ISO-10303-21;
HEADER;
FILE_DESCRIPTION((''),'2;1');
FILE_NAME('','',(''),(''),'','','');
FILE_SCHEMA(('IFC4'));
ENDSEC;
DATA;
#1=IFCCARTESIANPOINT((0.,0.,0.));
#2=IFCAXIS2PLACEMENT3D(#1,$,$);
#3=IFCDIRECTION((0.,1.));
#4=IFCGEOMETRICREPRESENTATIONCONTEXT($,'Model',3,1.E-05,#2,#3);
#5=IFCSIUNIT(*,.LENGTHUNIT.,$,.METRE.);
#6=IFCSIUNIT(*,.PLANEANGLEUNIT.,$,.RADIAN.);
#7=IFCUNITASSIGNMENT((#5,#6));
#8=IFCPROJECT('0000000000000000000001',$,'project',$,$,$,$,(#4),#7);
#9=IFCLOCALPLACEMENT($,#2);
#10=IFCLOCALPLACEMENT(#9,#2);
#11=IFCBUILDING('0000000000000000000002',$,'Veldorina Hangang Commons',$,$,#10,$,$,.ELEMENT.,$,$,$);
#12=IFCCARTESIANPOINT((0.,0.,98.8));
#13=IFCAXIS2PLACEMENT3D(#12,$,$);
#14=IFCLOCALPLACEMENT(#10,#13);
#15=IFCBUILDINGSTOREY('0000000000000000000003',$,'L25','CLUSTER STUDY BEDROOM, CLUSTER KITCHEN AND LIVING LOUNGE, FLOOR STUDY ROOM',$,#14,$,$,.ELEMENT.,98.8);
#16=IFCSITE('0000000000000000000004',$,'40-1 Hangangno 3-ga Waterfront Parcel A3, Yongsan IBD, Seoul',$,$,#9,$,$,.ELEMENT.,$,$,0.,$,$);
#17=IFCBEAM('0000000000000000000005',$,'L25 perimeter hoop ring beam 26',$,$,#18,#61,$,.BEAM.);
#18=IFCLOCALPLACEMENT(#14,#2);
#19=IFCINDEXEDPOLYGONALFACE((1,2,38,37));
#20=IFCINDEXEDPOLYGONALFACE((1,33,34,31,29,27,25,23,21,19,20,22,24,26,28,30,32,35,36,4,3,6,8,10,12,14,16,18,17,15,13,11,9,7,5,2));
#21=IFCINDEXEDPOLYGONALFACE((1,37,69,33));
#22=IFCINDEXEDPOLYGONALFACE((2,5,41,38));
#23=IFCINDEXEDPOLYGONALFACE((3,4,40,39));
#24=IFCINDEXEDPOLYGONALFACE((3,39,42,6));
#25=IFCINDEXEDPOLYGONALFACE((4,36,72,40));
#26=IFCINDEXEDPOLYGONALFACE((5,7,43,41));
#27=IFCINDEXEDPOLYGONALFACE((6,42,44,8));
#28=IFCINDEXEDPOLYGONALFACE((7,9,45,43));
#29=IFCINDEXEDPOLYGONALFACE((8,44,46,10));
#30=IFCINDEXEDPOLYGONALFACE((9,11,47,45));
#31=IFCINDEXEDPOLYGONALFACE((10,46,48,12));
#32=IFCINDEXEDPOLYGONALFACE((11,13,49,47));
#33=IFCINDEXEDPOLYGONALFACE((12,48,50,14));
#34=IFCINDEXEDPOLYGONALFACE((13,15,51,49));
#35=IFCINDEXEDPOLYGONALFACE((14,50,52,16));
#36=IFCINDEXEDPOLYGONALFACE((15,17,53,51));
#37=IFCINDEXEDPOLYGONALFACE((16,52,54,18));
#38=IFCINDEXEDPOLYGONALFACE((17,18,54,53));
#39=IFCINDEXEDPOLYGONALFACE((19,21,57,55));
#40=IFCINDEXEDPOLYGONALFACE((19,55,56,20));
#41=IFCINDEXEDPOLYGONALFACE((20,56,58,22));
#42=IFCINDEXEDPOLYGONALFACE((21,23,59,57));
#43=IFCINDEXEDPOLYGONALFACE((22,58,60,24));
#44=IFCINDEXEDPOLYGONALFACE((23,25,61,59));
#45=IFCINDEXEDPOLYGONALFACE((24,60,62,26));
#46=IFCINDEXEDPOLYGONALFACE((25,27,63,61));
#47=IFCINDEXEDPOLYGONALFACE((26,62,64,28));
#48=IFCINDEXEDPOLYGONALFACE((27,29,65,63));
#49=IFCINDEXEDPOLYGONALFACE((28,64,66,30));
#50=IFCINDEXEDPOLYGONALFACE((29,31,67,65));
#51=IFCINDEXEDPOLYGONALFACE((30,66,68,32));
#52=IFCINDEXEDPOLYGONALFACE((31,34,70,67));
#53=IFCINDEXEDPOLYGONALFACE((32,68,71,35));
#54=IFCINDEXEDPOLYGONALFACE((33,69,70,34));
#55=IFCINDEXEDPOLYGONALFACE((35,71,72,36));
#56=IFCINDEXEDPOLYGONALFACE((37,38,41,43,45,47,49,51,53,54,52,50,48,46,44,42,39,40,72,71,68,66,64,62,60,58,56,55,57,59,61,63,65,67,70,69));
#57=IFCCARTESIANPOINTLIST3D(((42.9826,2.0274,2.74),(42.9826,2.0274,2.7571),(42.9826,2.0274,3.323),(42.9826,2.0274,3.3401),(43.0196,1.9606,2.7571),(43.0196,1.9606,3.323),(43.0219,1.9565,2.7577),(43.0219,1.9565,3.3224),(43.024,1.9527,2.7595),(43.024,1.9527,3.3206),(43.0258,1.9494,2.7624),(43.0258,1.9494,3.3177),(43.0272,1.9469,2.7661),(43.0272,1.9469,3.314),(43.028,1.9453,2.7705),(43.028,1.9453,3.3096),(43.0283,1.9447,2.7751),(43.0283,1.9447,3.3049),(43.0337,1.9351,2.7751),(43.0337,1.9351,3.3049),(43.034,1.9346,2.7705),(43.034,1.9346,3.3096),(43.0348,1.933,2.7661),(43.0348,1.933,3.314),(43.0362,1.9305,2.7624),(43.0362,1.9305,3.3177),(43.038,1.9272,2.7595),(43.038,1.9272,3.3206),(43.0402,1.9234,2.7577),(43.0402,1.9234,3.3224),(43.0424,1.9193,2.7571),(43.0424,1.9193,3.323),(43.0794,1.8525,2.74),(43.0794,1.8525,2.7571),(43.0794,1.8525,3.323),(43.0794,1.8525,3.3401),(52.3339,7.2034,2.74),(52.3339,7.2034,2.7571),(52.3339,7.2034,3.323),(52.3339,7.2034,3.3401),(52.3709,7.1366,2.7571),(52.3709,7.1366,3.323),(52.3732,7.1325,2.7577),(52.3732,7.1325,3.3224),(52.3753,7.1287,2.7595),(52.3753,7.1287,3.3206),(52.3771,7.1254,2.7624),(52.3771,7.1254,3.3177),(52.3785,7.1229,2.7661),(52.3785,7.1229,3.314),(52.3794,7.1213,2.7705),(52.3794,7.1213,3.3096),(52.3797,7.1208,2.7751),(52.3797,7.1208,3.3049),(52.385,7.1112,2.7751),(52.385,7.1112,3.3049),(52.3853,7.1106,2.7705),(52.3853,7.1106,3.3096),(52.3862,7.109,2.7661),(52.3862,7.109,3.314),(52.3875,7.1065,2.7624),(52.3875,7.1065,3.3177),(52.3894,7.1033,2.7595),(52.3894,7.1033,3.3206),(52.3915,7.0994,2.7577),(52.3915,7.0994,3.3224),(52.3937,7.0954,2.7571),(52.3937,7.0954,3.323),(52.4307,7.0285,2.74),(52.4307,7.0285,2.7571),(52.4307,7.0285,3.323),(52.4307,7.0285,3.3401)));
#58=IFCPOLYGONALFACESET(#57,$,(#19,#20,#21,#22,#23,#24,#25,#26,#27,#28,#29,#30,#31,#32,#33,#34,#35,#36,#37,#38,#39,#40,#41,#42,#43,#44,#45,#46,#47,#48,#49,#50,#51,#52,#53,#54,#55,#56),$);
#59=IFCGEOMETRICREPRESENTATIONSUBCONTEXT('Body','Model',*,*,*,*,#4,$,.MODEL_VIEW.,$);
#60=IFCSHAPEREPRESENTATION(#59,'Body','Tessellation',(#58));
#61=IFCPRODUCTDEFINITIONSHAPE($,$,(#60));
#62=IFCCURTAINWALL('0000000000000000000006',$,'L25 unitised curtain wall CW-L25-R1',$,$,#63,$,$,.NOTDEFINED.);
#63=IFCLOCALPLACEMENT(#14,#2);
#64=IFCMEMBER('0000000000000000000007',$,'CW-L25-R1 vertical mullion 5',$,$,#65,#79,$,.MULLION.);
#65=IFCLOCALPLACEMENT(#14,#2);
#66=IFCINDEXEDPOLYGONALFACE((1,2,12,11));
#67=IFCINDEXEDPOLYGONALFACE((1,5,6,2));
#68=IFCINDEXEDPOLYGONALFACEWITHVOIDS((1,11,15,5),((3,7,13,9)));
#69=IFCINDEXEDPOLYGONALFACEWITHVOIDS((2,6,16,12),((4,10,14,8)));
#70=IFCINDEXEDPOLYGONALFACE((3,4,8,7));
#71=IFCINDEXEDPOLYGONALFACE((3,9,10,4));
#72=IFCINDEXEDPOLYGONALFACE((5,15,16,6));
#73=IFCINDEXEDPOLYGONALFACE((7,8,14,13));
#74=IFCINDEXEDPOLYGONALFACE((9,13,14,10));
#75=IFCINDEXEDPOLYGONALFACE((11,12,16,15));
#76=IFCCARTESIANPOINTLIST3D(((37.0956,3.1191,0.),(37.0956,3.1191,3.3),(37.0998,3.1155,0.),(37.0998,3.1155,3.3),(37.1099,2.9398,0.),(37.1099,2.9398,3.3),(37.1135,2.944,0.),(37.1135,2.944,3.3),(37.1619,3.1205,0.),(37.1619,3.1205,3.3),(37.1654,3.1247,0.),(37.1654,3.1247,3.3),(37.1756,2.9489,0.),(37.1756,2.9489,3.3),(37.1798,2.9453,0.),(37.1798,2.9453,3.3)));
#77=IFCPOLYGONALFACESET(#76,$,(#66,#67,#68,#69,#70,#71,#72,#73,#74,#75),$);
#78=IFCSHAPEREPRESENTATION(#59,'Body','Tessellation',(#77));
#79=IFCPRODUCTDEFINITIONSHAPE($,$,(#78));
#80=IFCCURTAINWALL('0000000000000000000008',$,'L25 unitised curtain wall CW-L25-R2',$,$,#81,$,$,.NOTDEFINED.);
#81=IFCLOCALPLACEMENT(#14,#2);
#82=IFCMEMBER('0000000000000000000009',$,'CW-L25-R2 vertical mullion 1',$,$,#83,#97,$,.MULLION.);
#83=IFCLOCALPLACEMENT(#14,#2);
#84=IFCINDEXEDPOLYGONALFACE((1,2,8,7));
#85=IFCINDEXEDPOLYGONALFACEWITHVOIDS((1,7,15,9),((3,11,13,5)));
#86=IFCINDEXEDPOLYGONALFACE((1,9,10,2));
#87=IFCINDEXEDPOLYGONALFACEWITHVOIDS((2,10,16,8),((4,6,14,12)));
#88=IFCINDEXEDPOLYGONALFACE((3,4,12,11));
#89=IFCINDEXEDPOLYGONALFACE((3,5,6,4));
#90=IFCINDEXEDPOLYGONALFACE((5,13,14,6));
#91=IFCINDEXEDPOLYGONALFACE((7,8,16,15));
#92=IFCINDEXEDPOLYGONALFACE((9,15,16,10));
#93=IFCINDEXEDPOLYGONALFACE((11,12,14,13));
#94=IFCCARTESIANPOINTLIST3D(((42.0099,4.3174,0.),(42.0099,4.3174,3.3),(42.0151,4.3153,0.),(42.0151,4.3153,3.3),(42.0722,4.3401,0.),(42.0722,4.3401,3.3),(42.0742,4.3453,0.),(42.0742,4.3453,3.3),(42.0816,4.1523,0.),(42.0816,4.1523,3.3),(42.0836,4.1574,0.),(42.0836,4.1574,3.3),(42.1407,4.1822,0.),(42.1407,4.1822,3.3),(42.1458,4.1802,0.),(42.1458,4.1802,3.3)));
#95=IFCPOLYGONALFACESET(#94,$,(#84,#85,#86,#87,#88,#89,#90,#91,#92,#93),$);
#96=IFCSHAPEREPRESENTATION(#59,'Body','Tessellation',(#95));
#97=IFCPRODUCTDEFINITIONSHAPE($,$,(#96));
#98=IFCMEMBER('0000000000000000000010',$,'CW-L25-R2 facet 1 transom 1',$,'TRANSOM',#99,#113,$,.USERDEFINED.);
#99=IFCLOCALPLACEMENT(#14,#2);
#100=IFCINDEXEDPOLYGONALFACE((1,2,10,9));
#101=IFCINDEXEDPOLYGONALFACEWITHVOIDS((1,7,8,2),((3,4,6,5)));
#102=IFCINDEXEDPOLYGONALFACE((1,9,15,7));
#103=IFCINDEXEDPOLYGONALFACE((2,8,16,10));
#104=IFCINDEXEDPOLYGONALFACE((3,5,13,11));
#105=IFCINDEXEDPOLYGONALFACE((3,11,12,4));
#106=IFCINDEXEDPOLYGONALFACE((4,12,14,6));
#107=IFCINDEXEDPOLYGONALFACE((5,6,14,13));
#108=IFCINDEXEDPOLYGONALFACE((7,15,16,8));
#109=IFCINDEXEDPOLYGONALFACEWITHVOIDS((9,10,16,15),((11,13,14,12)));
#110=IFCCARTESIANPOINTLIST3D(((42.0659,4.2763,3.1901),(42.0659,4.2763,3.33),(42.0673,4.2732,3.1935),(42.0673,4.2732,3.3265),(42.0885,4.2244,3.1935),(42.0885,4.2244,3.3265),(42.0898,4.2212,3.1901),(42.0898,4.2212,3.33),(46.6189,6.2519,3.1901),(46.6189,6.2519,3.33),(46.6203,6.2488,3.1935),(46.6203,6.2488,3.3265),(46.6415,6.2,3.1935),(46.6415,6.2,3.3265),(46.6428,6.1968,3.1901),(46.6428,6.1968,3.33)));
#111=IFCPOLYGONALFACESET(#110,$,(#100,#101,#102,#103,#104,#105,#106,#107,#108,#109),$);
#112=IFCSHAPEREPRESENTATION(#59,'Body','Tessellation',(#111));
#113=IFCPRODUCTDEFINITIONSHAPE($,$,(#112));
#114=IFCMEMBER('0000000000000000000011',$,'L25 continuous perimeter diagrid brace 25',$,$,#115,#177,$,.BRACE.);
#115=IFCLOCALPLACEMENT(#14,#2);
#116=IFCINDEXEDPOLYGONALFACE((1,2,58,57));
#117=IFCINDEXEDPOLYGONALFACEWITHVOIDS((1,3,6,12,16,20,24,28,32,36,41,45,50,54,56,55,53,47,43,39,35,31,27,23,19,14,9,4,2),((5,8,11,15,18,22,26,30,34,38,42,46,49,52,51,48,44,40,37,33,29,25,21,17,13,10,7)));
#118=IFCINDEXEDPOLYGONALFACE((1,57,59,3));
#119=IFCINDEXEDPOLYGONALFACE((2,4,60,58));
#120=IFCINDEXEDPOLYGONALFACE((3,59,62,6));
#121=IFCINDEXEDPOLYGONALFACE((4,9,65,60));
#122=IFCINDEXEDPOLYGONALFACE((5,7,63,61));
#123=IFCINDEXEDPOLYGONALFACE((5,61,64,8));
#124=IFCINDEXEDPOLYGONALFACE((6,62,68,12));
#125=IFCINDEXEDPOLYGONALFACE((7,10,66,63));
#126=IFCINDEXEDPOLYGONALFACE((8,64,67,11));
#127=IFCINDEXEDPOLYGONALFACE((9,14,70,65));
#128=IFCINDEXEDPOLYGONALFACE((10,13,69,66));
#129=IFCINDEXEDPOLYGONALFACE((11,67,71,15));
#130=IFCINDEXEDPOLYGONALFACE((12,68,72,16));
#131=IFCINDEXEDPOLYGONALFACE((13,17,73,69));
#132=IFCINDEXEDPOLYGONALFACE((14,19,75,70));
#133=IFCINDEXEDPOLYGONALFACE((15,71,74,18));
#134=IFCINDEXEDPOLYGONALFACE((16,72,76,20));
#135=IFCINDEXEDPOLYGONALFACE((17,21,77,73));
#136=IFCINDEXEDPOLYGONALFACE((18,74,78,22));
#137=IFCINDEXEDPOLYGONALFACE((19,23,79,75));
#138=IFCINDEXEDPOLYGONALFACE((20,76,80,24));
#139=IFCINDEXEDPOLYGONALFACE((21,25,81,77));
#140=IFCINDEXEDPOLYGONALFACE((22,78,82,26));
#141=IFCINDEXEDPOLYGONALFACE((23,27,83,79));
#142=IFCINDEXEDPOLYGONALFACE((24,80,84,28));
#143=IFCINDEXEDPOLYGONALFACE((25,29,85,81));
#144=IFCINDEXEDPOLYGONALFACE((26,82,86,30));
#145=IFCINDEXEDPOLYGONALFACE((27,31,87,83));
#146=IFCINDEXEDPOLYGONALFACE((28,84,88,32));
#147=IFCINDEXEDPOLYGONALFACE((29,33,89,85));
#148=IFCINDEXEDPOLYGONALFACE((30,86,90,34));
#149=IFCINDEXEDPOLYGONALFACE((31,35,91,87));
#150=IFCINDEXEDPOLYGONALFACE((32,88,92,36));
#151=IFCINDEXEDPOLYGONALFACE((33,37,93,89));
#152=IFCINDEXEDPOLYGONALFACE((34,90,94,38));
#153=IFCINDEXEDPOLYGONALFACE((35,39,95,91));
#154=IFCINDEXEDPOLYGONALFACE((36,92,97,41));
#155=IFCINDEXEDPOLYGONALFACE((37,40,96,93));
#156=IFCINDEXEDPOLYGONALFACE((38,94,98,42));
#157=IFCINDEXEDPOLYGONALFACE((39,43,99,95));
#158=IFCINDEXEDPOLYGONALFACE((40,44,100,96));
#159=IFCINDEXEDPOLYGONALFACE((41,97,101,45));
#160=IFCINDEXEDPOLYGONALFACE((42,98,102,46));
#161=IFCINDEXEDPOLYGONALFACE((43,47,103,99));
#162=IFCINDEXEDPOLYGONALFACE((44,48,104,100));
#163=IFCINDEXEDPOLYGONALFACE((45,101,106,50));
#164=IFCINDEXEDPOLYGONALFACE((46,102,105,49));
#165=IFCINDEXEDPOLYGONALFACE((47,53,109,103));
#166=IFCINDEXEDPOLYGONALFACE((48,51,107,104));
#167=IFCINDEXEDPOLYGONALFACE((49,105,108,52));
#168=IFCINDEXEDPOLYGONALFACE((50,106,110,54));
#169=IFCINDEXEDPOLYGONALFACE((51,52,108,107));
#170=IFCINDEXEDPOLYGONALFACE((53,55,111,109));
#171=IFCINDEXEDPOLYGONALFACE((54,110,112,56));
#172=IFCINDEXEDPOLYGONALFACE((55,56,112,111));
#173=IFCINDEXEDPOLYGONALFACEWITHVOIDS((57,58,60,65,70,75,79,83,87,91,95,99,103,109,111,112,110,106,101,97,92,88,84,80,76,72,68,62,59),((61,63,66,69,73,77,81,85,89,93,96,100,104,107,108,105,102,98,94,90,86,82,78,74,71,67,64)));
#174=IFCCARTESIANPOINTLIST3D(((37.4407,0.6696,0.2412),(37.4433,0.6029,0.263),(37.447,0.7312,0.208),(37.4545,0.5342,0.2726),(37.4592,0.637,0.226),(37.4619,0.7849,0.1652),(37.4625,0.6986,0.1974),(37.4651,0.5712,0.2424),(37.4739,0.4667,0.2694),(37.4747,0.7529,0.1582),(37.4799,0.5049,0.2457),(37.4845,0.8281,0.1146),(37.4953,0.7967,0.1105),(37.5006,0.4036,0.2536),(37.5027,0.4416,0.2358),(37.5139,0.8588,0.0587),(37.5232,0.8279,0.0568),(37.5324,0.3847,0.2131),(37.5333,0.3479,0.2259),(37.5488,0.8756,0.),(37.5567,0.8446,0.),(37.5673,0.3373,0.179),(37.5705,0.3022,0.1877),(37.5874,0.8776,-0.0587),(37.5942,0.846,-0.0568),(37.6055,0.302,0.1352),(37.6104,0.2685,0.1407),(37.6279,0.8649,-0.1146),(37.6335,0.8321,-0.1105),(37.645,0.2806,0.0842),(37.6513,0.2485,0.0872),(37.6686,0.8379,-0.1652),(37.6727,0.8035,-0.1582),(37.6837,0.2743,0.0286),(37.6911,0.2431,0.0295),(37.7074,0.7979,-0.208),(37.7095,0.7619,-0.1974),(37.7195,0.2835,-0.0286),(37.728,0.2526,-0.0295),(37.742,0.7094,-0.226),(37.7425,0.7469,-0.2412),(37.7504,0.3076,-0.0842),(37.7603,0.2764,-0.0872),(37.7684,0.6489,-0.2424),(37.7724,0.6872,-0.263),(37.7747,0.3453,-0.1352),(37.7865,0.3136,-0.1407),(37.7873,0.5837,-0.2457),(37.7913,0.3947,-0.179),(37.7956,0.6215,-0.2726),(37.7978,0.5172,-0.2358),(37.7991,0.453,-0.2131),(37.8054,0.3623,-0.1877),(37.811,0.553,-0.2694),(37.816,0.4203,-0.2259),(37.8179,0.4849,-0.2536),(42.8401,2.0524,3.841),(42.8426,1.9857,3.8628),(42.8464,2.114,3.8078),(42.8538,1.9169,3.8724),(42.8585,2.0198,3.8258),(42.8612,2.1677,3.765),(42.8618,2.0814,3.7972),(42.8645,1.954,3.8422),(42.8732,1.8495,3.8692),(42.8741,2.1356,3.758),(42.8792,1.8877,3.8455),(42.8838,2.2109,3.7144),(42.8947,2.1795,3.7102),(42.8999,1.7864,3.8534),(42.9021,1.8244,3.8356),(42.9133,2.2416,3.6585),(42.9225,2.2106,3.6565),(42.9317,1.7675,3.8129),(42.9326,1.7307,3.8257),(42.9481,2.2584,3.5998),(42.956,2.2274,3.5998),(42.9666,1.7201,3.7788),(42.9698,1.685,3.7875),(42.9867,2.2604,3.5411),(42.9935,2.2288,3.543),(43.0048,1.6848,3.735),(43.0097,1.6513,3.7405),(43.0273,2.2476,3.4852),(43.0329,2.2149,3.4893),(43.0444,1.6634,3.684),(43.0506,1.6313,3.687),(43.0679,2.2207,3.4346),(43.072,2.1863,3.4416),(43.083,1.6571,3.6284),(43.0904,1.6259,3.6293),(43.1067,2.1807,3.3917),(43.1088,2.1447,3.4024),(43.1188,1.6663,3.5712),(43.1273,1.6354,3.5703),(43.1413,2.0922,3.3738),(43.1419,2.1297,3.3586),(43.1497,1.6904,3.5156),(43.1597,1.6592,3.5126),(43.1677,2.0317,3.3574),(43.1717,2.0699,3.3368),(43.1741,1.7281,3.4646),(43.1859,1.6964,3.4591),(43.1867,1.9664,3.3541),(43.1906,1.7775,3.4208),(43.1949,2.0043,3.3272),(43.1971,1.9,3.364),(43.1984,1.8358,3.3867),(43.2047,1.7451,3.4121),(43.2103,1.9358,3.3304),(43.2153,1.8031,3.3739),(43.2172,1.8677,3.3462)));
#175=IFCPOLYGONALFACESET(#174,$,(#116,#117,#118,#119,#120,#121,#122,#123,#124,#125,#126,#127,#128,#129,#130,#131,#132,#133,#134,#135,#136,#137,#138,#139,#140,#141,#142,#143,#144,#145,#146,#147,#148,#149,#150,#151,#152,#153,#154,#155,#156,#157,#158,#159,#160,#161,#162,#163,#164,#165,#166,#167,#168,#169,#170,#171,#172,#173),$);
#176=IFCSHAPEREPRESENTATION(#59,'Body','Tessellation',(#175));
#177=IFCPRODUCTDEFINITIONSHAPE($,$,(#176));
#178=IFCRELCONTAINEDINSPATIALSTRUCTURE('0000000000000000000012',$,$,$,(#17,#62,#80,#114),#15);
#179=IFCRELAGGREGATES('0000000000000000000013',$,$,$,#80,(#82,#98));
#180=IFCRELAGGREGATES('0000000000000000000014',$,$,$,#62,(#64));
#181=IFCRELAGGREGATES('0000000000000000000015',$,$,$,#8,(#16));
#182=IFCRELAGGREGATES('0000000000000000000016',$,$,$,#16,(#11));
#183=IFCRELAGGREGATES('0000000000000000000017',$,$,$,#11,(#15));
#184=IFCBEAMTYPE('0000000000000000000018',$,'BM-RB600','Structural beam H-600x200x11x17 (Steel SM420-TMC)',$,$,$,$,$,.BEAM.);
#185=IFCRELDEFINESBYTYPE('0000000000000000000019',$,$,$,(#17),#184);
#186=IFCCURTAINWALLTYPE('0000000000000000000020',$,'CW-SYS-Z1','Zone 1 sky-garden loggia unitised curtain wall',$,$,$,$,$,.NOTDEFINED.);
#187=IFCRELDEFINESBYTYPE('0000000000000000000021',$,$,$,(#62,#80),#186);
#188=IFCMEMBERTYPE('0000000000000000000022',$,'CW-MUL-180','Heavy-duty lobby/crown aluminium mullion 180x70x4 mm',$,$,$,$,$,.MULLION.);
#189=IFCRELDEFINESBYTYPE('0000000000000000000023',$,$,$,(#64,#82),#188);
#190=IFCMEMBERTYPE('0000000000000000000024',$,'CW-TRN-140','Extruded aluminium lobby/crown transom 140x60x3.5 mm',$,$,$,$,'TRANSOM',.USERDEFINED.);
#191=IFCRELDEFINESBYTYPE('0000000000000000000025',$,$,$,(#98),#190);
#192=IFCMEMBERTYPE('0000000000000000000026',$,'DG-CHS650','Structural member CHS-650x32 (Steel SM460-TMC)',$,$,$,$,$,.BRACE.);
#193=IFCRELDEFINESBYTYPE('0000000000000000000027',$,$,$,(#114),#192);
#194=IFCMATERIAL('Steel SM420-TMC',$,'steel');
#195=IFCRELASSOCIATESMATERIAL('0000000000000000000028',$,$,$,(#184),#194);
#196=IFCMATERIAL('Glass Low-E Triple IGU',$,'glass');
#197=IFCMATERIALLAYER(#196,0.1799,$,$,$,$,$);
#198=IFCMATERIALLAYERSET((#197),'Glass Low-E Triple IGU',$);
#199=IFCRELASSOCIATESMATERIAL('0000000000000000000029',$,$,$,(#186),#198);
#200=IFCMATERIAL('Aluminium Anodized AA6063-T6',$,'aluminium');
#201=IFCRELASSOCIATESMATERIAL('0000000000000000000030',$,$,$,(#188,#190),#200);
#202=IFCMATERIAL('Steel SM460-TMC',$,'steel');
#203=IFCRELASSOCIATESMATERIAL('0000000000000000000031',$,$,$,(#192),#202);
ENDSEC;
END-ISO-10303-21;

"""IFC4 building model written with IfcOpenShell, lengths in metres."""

from ifc_helpers import new_model, si_unit, direction, frame, origin, origin_2d, place, context, subcontext, project, spatial, hollow_rectangle, hollow_circle, i_section, extrude, material, layer, layer_set, material_profile, profile_set, type_object, element, aggregate, save


model = new_model("IFC4")

# Units and contexts
model_context = context("Model", 3, precision=1e-05, world=origin(), true_north=direction((0.0, 1.0)))
body_context = subcontext(model_context, "Body", "Model", "MODEL_VIEW")
ifc_project = project(units=[si_unit("LENGTHUNIT", "METRE"), si_unit("PLANEANGLEUNIT", "RADIAN")], contexts=[model_context])

# Site, building, storey
site_placement = place(None, origin())
site = spatial("IfcSite", under=ifc_project, at=site_placement, Name="40-1 Hangangno 3-ga Waterfront Parcel A3, Yongsan IBD, Seoul", CompositionType="ELEMENT", RefElevation=0.0)
building_placement = place(site_placement, origin())
building = spatial("IfcBuilding", under=site, at=building_placement, Name="Veldorina Hangang Commons", CompositionType="ELEMENT")
storey_placement = place(building_placement, frame((0.0, 0.0, 98.8)))
storey = spatial("IfcBuildingStorey", under=building, at=storey_placement, Name="L25", Description="CLUSTER STUDY BEDROOM, CLUSTER KITCHEN AND LIVING LOUNGE, FLOOR STUDY ROOM", CompositionType="ELEMENT", Elevation=98.8)

# Beam
ifc_material_1 = material(Name="Steel SM420-TMC", Category="steel")
ifc_material_profile_1 = material_profile(ifc_material_1, i_section(OverallWidth=0.2, OverallDepth=0.6001, WebThickness=0.011, FlangeThickness=0.0171, FilletRadius=0.0181, at=origin_2d()), Name="H-600x200x11x17")
ifc_profile_set_1 = profile_set([ifc_material_profile_1], Name="Steel SM420-TMC")
beam_type = type_object("IfcBeamType", Name="BM-RB600", Description="Structural beam H-600x200x11x17 (Steel SM420-TMC)", PredefinedType="BEAM", material=ifc_profile_set_1)
beam_placement = place(storey_placement, frame((43.031, 1.9399, 3.04), z_axis=(0.874917, 0.484273, 0.0), x_axis=(-0.484273, 0.874917, 0.0)))
element("IfcBeam", 1, at=beam_placement, inside=storey, type_object=beam_type, Name="L25 perimeter hoop ring beam 26", PredefinedType="BEAM", context=body_context, shape_type="SweptSolid", body=[
    extrude(i_section(OverallWidth=0.2, OverallDepth=0.6001, WebThickness=0.011, FlangeThickness=0.0171, FilletRadius=0.0181, at=origin_2d()), origin(), (0.0, 0.0, 1.0), 10.6882),
])

# Curtain wall, member
ifc_material_2 = material(Name="Glass Low-E Triple IGU", Category="glass")
ifc_layer_1 = layer(ifc_material_2, 0.1799)
ifc_layer_set_1 = layer_set([ifc_layer_1], Name="Glass Low-E Triple IGU")
curtain_wall_type = type_object("IfcCurtainWallType", Name="CW-SYS-Z1", Description="Zone 1 sky-garden loggia unitised curtain wall", PredefinedType="NOTDEFINED", material=ifc_layer_set_1)
curtain_wall_1_placement = place(storey_placement, origin())
curtain_wall_1 = element("IfcCurtainWall", 2, at=curtain_wall_1_placement, inside=storey, type_object=curtain_wall_type, Name="L25 unitised curtain wall CW-L25-R1", PredefinedType="NOTDEFINED")
ifc_material_3 = material(Name="Aluminium Anodized AA6063-T6", Category="aluminium")
ifc_material_profile_2 = material_profile(ifc_material_3, hollow_rectangle(XDim=0.0701, YDim=0.1799, WallThickness=0.0039, at=origin_2d()), Name="ALU-RHS-180x70x4")
ifc_profile_set_2 = profile_set([ifc_material_profile_2], Name="Aluminium Anodized AA6063-T6")
member_type_1 = type_object("IfcMemberType", Name="CW-MUL-180", Description="Heavy-duty lobby/crown aluminium mullion 180x70x4 mm", PredefinedType="MULLION", material=ifc_profile_set_2)
member_1_placement = place(storey_placement, frame((37.1377, 3.0322, 0.0), z_axis=(0.0, 0.0, 1.0), x_axis=(-0.996818, -0.079712, 0.0)))
member_1 = element("IfcMember", 3, at=member_1_placement, type_object=member_type_1, Name="CW-L25-R1 vertical mullion 5", PredefinedType="MULLION", context=body_context, shape_type="SweptSolid", body=[
    extrude(hollow_rectangle(XDim=0.0701, YDim=0.1799, WallThickness=0.0039, at=origin_2d()), origin(), (0.0, 0.0, 1.0), 3.3),
])

# Curtain wall, members
curtain_wall_2_placement = place(storey_placement, origin())
curtain_wall_2 = element("IfcCurtainWall", 4, at=curtain_wall_2_placement, inside=storey, type_object=curtain_wall_type, Name="L25 unitised curtain wall CW-L25-R2", PredefinedType="NOTDEFINED")
member_2_placement = place(storey_placement, frame((42.0779, 4.2488, 0.0), z_axis=(0.0, 0.0, 1.0), x_axis=(0.917359, 0.398061, 0.0)))
member_2 = element("IfcMember", 5, at=member_2_placement, type_object=member_type_1, Name="CW-L25-R2 vertical mullion 1", PredefinedType="MULLION", context=body_context, shape_type="SweptSolid", body=[
    extrude(hollow_rectangle(XDim=0.0701, YDim=0.1799, WallThickness=0.0039, at=origin_2d()), origin(), (0.0, 0.0, 1.0), 3.3),
])
ifc_material_profile_3 = material_profile(ifc_material_3, hollow_rectangle(XDim=0.0601, YDim=0.1399, WallThickness=0.0034, at=origin_2d()), Name="ALU-RHS-140x60x3.5")
ifc_profile_set_3 = profile_set([ifc_material_profile_3], Name="Aluminium Anodized AA6063-T6")
member_type_2 = type_object("IfcMemberType", Name="CW-TRN-140", Description="Extruded aluminium lobby/crown transom 140x60x3.5 mm", ElementType="TRANSOM", PredefinedType="USERDEFINED", material=ifc_profile_set_3)
member_3_placement = place(storey_placement, frame((42.0779, 4.2488, 3.26), z_axis=(0.917362, 0.398053, 0.0), x_axis=(-0.398053, 0.917362, 0.0)))
member_3 = element("IfcMember", 6, at=member_3_placement, type_object=member_type_2, Name="CW-L25-R2 facet 1 transom 1", ObjectType="TRANSOM", PredefinedType="USERDEFINED", context=body_context, shape_type="SweptSolid", body=[
    extrude(hollow_rectangle(XDim=0.0601, YDim=0.1399, WallThickness=0.0034, at=origin_2d()), origin(), (0.0, 0.0, 1.0), 4.9631),
])
aggregate(curtain_wall_2, [member_2, member_3])

# Member
ifc_material_4 = material(Name="Steel SM460-TMC", Category="steel")
ifc_material_profile_4 = material_profile(ifc_material_4, hollow_circle(Radius=0.325, WallThickness=0.032, at=origin_2d()), Name="CHS-650x32")
ifc_profile_set_4 = profile_set([ifc_material_profile_4], Name="Steel SM460-TMC")
member_type_3 = type_object("IfcMemberType", Name="DG-CHS650", Description="Structural member CHS-650x32 (Steel SM460-TMC)", PredefinedType="BRACE", material=ifc_profile_set_4)
member_4_placement = place(storey_placement, frame((37.6294, 0.5608, 0.0), z_axis=(0.813763, 0.208408, 0.542546), x_axis=(-0.248097, 0.968735, 0.0)))
element("IfcMember", 7, at=member_4_placement, inside=storey, type_object=member_type_3, Name="L25 continuous perimeter diagrid brace 25", PredefinedType="BRACE", context=body_context, shape_type="SweptSolid", body=[
    extrude(hollow_circle(Radius=0.325, WallThickness=0.032, at=origin_2d()), origin(), (0.0, 0.0, 1.0), 6.635),
])

aggregate(curtain_wall_1, [member_1])

save(model, "model.ifc")
